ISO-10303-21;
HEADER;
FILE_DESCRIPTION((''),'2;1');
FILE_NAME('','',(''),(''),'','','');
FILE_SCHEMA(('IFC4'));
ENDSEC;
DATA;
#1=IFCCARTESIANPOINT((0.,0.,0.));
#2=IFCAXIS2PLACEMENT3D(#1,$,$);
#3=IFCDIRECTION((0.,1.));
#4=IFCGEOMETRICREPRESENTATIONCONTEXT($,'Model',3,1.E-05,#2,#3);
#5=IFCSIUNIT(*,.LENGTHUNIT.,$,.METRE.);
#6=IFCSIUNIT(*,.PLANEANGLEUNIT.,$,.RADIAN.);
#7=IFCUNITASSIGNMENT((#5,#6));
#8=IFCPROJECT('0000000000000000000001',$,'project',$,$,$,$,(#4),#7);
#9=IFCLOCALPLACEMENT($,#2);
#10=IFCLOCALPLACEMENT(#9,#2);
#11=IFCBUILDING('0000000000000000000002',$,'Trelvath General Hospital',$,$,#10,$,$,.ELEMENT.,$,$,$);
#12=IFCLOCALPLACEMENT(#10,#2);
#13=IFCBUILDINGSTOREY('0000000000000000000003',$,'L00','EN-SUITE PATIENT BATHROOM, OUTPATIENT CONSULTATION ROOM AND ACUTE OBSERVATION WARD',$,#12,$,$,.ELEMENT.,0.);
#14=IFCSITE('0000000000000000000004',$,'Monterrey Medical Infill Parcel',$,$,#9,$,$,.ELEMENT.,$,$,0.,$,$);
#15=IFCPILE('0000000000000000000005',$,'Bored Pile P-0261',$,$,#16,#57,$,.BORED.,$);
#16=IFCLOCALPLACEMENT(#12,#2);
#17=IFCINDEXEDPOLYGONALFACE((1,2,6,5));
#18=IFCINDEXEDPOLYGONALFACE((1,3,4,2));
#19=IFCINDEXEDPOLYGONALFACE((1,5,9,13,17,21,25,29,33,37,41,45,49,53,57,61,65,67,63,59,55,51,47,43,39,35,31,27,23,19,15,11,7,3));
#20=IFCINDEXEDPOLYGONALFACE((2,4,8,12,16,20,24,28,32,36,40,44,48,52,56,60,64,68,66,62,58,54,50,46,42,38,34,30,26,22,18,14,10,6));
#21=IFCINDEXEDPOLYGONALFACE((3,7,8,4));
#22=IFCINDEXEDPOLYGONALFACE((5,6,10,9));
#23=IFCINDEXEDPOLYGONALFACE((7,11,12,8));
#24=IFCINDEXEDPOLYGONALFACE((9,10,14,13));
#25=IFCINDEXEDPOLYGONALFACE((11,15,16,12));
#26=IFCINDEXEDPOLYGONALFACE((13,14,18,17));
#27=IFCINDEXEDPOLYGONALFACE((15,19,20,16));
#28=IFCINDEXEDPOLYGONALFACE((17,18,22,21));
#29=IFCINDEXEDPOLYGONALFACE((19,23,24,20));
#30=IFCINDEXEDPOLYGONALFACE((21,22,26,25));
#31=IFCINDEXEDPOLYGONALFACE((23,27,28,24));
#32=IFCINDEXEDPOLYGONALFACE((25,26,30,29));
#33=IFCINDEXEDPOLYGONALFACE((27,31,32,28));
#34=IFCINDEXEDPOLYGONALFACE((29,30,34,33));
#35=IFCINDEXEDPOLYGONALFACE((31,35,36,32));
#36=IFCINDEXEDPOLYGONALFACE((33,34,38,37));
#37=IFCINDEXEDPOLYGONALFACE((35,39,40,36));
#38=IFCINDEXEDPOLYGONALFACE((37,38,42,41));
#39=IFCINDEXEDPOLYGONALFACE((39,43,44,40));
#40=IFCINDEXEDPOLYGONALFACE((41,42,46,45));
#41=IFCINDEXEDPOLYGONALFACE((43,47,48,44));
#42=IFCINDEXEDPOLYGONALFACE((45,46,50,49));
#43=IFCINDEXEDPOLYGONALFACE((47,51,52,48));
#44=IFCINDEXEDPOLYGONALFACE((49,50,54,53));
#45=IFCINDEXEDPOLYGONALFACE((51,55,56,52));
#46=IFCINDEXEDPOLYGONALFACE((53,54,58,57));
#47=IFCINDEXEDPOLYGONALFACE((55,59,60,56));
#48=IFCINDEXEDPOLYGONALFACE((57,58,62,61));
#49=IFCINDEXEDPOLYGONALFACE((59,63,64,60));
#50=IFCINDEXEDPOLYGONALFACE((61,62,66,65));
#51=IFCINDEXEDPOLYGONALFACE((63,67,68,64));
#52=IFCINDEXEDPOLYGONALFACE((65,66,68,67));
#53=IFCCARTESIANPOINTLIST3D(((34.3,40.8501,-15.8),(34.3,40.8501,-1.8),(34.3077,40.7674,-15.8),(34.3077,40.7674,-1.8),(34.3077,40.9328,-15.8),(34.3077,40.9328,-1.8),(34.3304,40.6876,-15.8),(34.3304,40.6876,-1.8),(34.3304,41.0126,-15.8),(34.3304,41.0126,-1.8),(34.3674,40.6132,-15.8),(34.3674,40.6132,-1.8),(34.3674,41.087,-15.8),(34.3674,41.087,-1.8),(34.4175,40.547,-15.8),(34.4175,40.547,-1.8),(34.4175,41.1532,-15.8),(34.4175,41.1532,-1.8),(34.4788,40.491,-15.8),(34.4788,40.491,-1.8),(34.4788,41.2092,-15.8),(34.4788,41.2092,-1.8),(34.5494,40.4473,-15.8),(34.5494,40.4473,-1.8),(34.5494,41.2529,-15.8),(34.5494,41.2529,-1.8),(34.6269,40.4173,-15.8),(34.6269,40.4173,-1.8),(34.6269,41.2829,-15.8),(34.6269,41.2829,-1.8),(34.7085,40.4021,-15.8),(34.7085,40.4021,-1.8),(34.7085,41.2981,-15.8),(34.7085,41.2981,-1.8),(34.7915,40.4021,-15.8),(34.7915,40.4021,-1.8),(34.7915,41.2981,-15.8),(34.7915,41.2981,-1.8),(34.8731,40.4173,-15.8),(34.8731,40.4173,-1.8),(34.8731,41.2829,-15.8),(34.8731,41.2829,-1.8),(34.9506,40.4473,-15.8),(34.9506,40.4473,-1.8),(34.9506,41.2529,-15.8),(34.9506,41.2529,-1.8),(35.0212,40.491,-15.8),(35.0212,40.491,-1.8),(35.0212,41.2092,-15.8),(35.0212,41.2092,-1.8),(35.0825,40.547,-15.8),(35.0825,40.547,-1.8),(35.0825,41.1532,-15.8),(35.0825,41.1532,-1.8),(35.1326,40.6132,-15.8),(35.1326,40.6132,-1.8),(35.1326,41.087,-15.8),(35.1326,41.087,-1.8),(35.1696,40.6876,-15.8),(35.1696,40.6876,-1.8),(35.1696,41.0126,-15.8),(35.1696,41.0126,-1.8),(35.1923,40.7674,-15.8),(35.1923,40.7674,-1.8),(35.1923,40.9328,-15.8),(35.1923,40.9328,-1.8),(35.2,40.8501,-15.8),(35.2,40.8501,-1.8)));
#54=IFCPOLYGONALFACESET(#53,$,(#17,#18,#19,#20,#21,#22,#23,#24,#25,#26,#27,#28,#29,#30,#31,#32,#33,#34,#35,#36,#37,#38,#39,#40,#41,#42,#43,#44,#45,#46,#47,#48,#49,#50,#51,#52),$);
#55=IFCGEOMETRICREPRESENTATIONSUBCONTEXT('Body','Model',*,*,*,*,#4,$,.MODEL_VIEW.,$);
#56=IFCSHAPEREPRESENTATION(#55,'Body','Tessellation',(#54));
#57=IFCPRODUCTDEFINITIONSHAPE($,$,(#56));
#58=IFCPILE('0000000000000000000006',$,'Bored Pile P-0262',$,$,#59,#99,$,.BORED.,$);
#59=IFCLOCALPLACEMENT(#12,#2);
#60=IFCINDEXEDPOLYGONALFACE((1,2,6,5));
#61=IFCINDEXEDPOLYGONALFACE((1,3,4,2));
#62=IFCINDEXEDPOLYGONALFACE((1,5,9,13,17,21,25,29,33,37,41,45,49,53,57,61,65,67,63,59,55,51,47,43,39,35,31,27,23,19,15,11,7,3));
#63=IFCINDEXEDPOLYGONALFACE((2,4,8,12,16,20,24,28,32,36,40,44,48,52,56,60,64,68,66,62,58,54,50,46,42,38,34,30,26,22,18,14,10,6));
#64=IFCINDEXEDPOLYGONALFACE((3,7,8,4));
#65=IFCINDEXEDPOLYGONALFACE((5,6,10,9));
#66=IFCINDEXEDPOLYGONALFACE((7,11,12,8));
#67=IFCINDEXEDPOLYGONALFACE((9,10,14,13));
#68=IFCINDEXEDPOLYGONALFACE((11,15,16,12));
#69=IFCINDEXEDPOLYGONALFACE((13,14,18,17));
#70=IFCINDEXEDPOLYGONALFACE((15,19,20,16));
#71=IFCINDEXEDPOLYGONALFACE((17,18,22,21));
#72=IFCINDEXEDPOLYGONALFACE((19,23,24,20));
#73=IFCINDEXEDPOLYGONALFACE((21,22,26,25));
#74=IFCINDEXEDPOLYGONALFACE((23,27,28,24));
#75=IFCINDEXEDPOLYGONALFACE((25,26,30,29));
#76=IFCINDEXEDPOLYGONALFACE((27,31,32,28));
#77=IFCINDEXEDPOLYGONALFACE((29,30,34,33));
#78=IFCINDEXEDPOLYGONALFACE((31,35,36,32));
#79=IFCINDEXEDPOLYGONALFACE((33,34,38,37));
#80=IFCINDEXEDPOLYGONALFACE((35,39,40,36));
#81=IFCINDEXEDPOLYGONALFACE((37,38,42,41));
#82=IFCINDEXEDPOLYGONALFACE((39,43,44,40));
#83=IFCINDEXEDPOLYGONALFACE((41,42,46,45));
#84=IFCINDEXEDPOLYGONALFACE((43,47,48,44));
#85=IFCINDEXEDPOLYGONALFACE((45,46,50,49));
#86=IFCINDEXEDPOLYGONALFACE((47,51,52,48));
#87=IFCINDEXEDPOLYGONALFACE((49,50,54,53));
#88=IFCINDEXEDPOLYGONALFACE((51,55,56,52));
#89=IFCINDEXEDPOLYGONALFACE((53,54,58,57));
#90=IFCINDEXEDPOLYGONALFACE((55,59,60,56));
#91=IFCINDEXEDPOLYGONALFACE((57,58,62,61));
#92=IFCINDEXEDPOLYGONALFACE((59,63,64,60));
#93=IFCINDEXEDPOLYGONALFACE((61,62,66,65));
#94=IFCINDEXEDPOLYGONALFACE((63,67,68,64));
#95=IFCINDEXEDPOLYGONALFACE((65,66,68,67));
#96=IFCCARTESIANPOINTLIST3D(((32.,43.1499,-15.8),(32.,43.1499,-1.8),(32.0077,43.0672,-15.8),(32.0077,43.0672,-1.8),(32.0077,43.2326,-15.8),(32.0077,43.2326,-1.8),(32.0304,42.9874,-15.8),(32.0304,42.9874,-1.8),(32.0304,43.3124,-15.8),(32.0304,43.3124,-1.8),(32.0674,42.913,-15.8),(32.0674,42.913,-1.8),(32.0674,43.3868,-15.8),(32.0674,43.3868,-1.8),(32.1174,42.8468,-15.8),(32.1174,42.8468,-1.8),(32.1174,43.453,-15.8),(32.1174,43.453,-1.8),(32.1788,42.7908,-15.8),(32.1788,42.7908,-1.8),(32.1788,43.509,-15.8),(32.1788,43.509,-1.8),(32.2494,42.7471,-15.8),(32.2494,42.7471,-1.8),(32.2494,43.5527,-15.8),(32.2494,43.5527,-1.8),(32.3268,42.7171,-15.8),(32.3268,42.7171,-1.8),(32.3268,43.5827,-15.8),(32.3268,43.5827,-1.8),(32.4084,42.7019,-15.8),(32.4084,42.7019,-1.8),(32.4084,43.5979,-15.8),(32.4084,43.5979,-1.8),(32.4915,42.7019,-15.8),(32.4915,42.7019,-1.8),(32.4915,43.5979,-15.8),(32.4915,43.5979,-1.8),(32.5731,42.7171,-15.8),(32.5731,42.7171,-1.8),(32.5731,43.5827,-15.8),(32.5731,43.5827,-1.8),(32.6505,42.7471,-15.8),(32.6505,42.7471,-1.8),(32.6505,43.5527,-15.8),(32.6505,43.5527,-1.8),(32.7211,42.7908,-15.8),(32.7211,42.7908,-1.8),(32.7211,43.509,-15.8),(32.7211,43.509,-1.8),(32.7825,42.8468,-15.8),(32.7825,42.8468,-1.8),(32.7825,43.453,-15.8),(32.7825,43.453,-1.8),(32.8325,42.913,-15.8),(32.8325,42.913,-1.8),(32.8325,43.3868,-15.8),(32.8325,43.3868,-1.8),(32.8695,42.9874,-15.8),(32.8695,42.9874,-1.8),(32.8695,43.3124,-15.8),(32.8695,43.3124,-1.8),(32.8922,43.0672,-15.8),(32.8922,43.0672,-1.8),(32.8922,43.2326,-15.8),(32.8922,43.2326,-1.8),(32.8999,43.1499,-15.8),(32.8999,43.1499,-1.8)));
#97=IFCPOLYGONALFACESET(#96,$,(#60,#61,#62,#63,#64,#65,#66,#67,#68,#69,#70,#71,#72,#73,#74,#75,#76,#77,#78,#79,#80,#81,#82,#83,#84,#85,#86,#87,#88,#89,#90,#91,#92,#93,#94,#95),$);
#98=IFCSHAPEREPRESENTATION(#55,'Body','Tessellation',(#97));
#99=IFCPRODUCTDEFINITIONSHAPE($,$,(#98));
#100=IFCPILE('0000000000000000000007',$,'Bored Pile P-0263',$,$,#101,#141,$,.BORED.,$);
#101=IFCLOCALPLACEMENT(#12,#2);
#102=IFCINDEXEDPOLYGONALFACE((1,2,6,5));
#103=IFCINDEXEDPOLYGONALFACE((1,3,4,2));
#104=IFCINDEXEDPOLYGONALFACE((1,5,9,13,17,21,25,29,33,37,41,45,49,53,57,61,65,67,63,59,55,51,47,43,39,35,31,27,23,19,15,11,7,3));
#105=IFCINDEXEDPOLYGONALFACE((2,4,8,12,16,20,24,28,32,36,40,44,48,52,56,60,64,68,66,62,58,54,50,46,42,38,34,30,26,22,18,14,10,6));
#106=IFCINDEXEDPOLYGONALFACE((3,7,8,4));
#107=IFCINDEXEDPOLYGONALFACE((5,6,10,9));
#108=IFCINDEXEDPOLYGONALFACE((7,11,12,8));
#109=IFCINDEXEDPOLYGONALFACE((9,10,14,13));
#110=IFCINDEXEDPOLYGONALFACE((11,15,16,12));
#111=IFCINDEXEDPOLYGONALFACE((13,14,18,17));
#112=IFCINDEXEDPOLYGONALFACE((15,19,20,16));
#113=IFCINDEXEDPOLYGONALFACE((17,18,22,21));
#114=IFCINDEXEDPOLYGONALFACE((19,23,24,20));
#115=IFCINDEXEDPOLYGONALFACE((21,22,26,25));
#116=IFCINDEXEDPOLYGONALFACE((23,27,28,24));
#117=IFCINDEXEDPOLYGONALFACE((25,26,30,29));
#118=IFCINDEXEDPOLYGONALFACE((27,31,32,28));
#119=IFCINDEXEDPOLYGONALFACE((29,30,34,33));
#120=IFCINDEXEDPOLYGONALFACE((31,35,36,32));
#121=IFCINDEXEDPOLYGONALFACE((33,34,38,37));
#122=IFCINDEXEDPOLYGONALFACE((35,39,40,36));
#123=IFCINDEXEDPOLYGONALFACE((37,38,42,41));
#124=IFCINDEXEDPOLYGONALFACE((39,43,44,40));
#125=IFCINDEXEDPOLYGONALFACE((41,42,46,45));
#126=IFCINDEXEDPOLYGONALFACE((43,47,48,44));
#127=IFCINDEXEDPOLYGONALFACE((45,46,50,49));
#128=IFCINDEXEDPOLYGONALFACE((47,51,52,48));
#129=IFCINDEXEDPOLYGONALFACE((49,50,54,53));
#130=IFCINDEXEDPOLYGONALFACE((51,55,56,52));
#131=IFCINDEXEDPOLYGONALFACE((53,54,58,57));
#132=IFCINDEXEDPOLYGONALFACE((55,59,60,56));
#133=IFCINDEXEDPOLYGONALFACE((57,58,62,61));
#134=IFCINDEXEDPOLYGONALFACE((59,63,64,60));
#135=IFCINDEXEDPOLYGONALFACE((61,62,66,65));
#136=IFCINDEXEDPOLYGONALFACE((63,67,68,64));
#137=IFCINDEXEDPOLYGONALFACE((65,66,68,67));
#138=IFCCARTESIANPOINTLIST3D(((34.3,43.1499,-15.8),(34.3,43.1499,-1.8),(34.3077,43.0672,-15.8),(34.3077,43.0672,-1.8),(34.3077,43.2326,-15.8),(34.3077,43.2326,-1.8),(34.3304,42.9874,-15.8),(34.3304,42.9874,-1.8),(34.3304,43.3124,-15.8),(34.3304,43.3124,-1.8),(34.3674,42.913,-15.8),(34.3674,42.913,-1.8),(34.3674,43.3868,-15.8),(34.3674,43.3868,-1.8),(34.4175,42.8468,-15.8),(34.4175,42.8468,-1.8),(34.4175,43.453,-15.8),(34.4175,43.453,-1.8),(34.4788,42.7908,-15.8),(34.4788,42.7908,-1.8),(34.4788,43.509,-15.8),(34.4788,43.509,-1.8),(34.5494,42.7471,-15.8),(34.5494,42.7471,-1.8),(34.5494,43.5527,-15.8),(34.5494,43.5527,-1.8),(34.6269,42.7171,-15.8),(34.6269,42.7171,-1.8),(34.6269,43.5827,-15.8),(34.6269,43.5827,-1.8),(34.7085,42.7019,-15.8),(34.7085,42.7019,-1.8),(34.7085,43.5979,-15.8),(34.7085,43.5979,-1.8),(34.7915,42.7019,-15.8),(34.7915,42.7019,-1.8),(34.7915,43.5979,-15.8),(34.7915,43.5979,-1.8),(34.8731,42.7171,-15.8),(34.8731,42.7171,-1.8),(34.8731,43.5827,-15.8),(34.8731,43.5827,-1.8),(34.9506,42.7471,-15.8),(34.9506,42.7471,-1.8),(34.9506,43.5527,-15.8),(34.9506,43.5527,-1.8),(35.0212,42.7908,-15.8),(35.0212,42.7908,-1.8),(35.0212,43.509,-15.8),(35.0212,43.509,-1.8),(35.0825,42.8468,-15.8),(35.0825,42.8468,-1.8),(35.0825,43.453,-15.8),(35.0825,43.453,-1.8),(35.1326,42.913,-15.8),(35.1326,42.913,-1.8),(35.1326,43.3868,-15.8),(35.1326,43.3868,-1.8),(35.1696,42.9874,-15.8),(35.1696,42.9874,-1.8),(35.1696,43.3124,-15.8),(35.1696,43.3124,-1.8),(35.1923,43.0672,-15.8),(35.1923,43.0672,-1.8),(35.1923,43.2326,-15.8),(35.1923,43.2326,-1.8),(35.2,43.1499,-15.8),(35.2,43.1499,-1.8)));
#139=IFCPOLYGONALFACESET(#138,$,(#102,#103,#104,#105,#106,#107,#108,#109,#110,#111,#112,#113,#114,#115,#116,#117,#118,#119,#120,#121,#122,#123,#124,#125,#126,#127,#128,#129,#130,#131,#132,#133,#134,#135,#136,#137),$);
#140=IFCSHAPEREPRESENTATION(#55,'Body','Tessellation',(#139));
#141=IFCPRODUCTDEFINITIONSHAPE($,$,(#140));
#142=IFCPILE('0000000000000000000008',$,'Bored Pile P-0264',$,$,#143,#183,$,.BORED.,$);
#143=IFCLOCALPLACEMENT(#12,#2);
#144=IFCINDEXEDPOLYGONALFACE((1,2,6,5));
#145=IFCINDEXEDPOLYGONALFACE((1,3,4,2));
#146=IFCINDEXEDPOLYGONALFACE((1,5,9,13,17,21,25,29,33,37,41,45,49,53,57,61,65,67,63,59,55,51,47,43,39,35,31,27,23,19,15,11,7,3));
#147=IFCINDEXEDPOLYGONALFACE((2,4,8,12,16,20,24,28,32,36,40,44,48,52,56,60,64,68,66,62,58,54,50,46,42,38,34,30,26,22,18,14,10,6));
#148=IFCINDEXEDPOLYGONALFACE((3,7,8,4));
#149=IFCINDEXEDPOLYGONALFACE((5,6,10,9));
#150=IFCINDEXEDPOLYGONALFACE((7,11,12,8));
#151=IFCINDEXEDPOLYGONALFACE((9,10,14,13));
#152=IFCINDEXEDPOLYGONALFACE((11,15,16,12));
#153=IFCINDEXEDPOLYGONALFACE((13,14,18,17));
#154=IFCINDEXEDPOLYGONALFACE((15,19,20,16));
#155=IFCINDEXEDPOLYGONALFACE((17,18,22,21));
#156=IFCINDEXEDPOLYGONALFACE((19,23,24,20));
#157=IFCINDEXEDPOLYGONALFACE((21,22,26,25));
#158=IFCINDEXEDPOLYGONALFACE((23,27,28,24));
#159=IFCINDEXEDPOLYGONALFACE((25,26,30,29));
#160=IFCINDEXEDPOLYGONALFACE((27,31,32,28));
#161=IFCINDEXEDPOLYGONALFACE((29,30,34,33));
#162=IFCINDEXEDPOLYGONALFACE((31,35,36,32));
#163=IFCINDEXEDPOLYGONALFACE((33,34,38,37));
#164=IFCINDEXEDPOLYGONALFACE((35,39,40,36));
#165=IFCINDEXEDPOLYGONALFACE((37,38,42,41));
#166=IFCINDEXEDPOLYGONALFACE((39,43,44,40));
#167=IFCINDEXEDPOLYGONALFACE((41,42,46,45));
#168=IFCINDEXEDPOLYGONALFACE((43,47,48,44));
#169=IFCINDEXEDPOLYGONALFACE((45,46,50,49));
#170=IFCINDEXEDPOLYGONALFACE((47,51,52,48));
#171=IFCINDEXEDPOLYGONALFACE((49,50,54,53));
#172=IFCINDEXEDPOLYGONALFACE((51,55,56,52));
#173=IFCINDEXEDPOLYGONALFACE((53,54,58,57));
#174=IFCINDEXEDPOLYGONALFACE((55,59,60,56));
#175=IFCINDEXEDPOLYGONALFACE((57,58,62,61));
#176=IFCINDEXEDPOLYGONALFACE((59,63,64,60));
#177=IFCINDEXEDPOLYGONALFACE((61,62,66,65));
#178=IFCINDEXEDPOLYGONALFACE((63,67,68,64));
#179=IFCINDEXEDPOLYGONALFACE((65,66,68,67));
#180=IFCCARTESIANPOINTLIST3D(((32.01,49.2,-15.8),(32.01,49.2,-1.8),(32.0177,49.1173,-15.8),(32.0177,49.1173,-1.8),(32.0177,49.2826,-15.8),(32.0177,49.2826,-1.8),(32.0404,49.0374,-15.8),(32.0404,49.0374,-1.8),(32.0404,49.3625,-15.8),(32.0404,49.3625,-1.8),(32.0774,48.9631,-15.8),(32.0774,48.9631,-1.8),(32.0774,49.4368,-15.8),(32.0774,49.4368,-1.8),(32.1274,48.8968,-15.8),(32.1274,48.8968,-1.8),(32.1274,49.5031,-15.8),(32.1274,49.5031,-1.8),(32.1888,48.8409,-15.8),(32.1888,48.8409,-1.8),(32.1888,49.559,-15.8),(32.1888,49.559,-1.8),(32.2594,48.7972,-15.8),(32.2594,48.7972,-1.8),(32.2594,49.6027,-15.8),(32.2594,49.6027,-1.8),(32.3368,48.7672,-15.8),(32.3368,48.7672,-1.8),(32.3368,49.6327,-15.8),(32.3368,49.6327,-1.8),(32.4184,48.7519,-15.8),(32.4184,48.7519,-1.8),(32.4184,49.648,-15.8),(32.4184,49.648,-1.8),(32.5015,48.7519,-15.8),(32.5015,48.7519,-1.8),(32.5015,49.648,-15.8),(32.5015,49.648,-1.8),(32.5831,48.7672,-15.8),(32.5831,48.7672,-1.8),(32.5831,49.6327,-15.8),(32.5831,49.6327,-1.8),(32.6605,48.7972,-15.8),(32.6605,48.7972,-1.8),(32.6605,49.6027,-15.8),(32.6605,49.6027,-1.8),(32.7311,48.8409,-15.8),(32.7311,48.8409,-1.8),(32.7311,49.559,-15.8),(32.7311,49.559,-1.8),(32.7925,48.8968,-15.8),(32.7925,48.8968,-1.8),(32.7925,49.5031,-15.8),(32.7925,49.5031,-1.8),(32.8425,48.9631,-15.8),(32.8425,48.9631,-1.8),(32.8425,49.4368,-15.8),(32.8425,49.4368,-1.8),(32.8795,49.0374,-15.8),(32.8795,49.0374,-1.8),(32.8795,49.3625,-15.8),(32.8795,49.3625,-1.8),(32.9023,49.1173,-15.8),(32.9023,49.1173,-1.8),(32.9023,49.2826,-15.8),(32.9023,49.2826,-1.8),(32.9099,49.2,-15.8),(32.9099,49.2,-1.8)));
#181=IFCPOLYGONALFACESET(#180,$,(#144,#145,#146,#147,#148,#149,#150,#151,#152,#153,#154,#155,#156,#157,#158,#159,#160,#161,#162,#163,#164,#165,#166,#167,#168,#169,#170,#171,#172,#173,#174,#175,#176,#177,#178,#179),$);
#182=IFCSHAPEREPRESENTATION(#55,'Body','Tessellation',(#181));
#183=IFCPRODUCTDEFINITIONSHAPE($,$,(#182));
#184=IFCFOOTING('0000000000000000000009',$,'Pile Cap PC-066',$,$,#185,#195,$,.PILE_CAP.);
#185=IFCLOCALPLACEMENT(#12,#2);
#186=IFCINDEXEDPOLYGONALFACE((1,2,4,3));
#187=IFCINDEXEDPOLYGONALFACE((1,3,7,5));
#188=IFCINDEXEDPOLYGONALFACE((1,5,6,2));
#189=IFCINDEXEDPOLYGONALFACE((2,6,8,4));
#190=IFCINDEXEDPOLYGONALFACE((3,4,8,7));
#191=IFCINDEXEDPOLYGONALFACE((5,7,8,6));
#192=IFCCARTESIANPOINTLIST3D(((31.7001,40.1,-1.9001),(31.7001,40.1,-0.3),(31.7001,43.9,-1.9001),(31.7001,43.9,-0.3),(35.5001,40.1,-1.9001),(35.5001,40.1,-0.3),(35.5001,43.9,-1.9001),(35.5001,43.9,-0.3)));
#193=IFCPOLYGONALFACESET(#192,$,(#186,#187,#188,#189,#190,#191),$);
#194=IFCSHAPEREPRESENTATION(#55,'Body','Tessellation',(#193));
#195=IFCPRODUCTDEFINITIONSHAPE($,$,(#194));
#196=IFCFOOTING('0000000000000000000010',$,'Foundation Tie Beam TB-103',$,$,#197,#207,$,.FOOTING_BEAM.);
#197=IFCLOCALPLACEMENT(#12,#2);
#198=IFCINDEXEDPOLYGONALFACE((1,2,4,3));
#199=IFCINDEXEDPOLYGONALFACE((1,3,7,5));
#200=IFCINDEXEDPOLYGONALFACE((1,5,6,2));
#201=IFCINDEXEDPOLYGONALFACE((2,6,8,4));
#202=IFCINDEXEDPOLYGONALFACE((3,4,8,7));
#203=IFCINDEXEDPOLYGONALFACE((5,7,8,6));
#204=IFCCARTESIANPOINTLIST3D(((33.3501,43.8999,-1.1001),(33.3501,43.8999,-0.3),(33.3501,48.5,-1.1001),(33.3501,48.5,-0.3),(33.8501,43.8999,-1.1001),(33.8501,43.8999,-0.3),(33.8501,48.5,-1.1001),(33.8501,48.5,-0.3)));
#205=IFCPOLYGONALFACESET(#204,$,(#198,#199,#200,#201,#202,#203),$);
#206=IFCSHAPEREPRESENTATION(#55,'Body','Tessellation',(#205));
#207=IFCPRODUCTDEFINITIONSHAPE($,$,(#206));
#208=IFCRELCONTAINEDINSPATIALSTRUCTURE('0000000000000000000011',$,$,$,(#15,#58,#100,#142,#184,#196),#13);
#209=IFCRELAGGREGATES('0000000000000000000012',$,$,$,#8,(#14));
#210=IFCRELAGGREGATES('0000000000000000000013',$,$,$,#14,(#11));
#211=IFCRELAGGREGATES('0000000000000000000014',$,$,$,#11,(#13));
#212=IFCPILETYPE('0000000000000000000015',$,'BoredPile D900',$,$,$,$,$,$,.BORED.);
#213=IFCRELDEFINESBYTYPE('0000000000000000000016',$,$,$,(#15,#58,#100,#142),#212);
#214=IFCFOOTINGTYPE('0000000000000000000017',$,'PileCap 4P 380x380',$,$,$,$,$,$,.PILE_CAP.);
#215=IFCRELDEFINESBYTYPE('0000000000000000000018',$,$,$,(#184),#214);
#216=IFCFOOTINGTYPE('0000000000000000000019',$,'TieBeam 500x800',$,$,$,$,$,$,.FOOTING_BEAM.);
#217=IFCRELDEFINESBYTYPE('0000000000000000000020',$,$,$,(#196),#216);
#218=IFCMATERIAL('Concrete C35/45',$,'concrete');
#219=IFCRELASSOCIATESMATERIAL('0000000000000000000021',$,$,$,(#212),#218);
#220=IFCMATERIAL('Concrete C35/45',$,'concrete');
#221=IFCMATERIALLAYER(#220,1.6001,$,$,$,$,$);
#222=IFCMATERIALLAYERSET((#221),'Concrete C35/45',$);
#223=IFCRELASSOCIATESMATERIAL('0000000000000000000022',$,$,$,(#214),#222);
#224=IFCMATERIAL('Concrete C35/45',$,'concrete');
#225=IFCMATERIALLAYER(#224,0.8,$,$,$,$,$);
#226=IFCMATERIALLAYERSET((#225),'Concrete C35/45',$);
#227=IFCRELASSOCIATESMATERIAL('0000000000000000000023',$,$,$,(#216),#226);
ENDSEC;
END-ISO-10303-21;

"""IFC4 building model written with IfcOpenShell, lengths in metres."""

from ifc_helpers import new_model, si_unit, direction, frame, origin, origin_2d, place, context, subcontext, project, spatial, rectangle, circle, extrude, material, layer, layer_set, material_profile, profile_set, type_object, element, save


model = new_model("IFC4")

# Units and contexts
model_context = context("Model", 3, precision=1e-05, world=origin(), true_north=direction((0.0, 1.0)))
body_context = subcontext(model_context, "Body", "Model", "MODEL_VIEW")
ifc_project = project(units=[si_unit("LENGTHUNIT", "METRE"), si_unit("PLANEANGLEUNIT", "RADIAN")], contexts=[model_context])

# Site, building, storey
site_placement = place(None, origin())
site = spatial("IfcSite", under=ifc_project, at=site_placement, Name="Monterrey Medical Infill Parcel", CompositionType="ELEMENT", RefElevation=0.0)
building_placement = place(site_placement, origin())
building = spatial("IfcBuilding", under=site, at=building_placement, Name="Trelvath General Hospital", CompositionType="ELEMENT")
storey_placement = place(building_placement, origin())
storey = spatial("IfcBuildingStorey", under=building, at=storey_placement, Name="L00", Description="EN-SUITE PATIENT BATHROOM, OUTPATIENT CONSULTATION ROOM AND ACUTE OBSERVATION WARD", CompositionType="ELEMENT", Elevation=0.0)

# Piles
ifc_material_1 = material(Name="Concrete C35/45", Category="concrete")
ifc_material_profile_1 = material_profile(ifc_material_1, circle(Radius=0.45, at=origin_2d()), Name="PILE900")
ifc_profile_set_1 = profile_set([ifc_material_profile_1], Name="Concrete C35/45")
pile_type = type_object("IfcPileType", Name="BoredPile D900", PredefinedType="BORED", material=ifc_profile_set_1)
for number, where, z_axis, x_axis, name in (
    (1, (34.75, 40.8501, -1.8), (0.0, 0.0, -1.0), (1.0, 0.0, 0.0), "Bored Pile P-0261"),
    (2, (32.45, 43.1499, -1.8), (0.0, 0.0, -1.0), (1.0, 0.0, 0.0), "Bored Pile P-0262"),
    (3, (34.75, 43.1499, -1.8), (0.0, 0.0, -1.0), (1.0, 0.0, 0.0), "Bored Pile P-0263"),
    (4, (32.46, 49.2, -1.8), (0.0, 0.0, -1.0), (1.0, 0.0, 0.0), "Bored Pile P-0264"),
):
    element("IfcPile", number, at=place(storey_placement, frame(where, z_axis=z_axis, x_axis=x_axis)), inside=storey, type_object=pile_type, Name=name, PredefinedType="BORED", context=body_context, shape_type="SweptSolid", body=[
        extrude(circle(Radius=0.45, at=origin_2d()), origin(), (0.0, 0.0, 1.0), 14.0),
    ])

# Footings
ifc_material_2 = material(Name="Concrete C35/45", Category="concrete")
ifc_layer_1 = layer(ifc_material_2, 1.6001)
ifc_layer_set_1 = layer_set([ifc_layer_1], Name="Concrete C35/45")
footing_type_1 = type_object("IfcFootingType", Name="PileCap 4P 380x380", PredefinedType="PILE_CAP", material=ifc_layer_set_1)
footing_1_placement = place(storey_placement, frame((33.6001, 42.0, -1.9001), z_axis=(0.0, 0.0, 1.0), x_axis=(1.0, 0.0, 0.0)))
element("IfcFooting", 5, at=footing_1_placement, inside=storey, type_object=footing_type_1, Name="Pile Cap PC-066", PredefinedType="PILE_CAP", context=body_context, shape_type="SweptSolid", body=[
    extrude(rectangle(XDim=3.8, YDim=3.8, at=origin_2d()), origin(), (0.0, 0.0, 1.0), 1.6001),
])
ifc_material_3 = material(Name="Concrete C35/45", Category="concrete")
ifc_layer_2 = layer(ifc_material_3, 0.8)
ifc_layer_set_2 = layer_set([ifc_layer_2], Name="Concrete C35/45")
footing_type_2 = type_object("IfcFootingType", Name="TieBeam 500x800", PredefinedType="FOOTING_BEAM", material=ifc_layer_set_2)
footing_2_placement = place(storey_placement, frame((33.6001, 46.2, -1.1001), z_axis=(0.0, 0.0, 1.0), x_axis=(1.0, 0.0, 0.0)))
element("IfcFooting", 6, at=footing_2_placement, inside=storey, type_object=footing_type_2, Name="Foundation Tie Beam TB-103", PredefinedType="FOOTING_BEAM", context=body_context, shape_type="SweptSolid", body=[
    extrude(rectangle(XDim=0.5, YDim=4.6001, at=origin_2d()), origin(), (0.0, 0.0, 1.0), 0.8),
])

save(model, "model.ifc")
